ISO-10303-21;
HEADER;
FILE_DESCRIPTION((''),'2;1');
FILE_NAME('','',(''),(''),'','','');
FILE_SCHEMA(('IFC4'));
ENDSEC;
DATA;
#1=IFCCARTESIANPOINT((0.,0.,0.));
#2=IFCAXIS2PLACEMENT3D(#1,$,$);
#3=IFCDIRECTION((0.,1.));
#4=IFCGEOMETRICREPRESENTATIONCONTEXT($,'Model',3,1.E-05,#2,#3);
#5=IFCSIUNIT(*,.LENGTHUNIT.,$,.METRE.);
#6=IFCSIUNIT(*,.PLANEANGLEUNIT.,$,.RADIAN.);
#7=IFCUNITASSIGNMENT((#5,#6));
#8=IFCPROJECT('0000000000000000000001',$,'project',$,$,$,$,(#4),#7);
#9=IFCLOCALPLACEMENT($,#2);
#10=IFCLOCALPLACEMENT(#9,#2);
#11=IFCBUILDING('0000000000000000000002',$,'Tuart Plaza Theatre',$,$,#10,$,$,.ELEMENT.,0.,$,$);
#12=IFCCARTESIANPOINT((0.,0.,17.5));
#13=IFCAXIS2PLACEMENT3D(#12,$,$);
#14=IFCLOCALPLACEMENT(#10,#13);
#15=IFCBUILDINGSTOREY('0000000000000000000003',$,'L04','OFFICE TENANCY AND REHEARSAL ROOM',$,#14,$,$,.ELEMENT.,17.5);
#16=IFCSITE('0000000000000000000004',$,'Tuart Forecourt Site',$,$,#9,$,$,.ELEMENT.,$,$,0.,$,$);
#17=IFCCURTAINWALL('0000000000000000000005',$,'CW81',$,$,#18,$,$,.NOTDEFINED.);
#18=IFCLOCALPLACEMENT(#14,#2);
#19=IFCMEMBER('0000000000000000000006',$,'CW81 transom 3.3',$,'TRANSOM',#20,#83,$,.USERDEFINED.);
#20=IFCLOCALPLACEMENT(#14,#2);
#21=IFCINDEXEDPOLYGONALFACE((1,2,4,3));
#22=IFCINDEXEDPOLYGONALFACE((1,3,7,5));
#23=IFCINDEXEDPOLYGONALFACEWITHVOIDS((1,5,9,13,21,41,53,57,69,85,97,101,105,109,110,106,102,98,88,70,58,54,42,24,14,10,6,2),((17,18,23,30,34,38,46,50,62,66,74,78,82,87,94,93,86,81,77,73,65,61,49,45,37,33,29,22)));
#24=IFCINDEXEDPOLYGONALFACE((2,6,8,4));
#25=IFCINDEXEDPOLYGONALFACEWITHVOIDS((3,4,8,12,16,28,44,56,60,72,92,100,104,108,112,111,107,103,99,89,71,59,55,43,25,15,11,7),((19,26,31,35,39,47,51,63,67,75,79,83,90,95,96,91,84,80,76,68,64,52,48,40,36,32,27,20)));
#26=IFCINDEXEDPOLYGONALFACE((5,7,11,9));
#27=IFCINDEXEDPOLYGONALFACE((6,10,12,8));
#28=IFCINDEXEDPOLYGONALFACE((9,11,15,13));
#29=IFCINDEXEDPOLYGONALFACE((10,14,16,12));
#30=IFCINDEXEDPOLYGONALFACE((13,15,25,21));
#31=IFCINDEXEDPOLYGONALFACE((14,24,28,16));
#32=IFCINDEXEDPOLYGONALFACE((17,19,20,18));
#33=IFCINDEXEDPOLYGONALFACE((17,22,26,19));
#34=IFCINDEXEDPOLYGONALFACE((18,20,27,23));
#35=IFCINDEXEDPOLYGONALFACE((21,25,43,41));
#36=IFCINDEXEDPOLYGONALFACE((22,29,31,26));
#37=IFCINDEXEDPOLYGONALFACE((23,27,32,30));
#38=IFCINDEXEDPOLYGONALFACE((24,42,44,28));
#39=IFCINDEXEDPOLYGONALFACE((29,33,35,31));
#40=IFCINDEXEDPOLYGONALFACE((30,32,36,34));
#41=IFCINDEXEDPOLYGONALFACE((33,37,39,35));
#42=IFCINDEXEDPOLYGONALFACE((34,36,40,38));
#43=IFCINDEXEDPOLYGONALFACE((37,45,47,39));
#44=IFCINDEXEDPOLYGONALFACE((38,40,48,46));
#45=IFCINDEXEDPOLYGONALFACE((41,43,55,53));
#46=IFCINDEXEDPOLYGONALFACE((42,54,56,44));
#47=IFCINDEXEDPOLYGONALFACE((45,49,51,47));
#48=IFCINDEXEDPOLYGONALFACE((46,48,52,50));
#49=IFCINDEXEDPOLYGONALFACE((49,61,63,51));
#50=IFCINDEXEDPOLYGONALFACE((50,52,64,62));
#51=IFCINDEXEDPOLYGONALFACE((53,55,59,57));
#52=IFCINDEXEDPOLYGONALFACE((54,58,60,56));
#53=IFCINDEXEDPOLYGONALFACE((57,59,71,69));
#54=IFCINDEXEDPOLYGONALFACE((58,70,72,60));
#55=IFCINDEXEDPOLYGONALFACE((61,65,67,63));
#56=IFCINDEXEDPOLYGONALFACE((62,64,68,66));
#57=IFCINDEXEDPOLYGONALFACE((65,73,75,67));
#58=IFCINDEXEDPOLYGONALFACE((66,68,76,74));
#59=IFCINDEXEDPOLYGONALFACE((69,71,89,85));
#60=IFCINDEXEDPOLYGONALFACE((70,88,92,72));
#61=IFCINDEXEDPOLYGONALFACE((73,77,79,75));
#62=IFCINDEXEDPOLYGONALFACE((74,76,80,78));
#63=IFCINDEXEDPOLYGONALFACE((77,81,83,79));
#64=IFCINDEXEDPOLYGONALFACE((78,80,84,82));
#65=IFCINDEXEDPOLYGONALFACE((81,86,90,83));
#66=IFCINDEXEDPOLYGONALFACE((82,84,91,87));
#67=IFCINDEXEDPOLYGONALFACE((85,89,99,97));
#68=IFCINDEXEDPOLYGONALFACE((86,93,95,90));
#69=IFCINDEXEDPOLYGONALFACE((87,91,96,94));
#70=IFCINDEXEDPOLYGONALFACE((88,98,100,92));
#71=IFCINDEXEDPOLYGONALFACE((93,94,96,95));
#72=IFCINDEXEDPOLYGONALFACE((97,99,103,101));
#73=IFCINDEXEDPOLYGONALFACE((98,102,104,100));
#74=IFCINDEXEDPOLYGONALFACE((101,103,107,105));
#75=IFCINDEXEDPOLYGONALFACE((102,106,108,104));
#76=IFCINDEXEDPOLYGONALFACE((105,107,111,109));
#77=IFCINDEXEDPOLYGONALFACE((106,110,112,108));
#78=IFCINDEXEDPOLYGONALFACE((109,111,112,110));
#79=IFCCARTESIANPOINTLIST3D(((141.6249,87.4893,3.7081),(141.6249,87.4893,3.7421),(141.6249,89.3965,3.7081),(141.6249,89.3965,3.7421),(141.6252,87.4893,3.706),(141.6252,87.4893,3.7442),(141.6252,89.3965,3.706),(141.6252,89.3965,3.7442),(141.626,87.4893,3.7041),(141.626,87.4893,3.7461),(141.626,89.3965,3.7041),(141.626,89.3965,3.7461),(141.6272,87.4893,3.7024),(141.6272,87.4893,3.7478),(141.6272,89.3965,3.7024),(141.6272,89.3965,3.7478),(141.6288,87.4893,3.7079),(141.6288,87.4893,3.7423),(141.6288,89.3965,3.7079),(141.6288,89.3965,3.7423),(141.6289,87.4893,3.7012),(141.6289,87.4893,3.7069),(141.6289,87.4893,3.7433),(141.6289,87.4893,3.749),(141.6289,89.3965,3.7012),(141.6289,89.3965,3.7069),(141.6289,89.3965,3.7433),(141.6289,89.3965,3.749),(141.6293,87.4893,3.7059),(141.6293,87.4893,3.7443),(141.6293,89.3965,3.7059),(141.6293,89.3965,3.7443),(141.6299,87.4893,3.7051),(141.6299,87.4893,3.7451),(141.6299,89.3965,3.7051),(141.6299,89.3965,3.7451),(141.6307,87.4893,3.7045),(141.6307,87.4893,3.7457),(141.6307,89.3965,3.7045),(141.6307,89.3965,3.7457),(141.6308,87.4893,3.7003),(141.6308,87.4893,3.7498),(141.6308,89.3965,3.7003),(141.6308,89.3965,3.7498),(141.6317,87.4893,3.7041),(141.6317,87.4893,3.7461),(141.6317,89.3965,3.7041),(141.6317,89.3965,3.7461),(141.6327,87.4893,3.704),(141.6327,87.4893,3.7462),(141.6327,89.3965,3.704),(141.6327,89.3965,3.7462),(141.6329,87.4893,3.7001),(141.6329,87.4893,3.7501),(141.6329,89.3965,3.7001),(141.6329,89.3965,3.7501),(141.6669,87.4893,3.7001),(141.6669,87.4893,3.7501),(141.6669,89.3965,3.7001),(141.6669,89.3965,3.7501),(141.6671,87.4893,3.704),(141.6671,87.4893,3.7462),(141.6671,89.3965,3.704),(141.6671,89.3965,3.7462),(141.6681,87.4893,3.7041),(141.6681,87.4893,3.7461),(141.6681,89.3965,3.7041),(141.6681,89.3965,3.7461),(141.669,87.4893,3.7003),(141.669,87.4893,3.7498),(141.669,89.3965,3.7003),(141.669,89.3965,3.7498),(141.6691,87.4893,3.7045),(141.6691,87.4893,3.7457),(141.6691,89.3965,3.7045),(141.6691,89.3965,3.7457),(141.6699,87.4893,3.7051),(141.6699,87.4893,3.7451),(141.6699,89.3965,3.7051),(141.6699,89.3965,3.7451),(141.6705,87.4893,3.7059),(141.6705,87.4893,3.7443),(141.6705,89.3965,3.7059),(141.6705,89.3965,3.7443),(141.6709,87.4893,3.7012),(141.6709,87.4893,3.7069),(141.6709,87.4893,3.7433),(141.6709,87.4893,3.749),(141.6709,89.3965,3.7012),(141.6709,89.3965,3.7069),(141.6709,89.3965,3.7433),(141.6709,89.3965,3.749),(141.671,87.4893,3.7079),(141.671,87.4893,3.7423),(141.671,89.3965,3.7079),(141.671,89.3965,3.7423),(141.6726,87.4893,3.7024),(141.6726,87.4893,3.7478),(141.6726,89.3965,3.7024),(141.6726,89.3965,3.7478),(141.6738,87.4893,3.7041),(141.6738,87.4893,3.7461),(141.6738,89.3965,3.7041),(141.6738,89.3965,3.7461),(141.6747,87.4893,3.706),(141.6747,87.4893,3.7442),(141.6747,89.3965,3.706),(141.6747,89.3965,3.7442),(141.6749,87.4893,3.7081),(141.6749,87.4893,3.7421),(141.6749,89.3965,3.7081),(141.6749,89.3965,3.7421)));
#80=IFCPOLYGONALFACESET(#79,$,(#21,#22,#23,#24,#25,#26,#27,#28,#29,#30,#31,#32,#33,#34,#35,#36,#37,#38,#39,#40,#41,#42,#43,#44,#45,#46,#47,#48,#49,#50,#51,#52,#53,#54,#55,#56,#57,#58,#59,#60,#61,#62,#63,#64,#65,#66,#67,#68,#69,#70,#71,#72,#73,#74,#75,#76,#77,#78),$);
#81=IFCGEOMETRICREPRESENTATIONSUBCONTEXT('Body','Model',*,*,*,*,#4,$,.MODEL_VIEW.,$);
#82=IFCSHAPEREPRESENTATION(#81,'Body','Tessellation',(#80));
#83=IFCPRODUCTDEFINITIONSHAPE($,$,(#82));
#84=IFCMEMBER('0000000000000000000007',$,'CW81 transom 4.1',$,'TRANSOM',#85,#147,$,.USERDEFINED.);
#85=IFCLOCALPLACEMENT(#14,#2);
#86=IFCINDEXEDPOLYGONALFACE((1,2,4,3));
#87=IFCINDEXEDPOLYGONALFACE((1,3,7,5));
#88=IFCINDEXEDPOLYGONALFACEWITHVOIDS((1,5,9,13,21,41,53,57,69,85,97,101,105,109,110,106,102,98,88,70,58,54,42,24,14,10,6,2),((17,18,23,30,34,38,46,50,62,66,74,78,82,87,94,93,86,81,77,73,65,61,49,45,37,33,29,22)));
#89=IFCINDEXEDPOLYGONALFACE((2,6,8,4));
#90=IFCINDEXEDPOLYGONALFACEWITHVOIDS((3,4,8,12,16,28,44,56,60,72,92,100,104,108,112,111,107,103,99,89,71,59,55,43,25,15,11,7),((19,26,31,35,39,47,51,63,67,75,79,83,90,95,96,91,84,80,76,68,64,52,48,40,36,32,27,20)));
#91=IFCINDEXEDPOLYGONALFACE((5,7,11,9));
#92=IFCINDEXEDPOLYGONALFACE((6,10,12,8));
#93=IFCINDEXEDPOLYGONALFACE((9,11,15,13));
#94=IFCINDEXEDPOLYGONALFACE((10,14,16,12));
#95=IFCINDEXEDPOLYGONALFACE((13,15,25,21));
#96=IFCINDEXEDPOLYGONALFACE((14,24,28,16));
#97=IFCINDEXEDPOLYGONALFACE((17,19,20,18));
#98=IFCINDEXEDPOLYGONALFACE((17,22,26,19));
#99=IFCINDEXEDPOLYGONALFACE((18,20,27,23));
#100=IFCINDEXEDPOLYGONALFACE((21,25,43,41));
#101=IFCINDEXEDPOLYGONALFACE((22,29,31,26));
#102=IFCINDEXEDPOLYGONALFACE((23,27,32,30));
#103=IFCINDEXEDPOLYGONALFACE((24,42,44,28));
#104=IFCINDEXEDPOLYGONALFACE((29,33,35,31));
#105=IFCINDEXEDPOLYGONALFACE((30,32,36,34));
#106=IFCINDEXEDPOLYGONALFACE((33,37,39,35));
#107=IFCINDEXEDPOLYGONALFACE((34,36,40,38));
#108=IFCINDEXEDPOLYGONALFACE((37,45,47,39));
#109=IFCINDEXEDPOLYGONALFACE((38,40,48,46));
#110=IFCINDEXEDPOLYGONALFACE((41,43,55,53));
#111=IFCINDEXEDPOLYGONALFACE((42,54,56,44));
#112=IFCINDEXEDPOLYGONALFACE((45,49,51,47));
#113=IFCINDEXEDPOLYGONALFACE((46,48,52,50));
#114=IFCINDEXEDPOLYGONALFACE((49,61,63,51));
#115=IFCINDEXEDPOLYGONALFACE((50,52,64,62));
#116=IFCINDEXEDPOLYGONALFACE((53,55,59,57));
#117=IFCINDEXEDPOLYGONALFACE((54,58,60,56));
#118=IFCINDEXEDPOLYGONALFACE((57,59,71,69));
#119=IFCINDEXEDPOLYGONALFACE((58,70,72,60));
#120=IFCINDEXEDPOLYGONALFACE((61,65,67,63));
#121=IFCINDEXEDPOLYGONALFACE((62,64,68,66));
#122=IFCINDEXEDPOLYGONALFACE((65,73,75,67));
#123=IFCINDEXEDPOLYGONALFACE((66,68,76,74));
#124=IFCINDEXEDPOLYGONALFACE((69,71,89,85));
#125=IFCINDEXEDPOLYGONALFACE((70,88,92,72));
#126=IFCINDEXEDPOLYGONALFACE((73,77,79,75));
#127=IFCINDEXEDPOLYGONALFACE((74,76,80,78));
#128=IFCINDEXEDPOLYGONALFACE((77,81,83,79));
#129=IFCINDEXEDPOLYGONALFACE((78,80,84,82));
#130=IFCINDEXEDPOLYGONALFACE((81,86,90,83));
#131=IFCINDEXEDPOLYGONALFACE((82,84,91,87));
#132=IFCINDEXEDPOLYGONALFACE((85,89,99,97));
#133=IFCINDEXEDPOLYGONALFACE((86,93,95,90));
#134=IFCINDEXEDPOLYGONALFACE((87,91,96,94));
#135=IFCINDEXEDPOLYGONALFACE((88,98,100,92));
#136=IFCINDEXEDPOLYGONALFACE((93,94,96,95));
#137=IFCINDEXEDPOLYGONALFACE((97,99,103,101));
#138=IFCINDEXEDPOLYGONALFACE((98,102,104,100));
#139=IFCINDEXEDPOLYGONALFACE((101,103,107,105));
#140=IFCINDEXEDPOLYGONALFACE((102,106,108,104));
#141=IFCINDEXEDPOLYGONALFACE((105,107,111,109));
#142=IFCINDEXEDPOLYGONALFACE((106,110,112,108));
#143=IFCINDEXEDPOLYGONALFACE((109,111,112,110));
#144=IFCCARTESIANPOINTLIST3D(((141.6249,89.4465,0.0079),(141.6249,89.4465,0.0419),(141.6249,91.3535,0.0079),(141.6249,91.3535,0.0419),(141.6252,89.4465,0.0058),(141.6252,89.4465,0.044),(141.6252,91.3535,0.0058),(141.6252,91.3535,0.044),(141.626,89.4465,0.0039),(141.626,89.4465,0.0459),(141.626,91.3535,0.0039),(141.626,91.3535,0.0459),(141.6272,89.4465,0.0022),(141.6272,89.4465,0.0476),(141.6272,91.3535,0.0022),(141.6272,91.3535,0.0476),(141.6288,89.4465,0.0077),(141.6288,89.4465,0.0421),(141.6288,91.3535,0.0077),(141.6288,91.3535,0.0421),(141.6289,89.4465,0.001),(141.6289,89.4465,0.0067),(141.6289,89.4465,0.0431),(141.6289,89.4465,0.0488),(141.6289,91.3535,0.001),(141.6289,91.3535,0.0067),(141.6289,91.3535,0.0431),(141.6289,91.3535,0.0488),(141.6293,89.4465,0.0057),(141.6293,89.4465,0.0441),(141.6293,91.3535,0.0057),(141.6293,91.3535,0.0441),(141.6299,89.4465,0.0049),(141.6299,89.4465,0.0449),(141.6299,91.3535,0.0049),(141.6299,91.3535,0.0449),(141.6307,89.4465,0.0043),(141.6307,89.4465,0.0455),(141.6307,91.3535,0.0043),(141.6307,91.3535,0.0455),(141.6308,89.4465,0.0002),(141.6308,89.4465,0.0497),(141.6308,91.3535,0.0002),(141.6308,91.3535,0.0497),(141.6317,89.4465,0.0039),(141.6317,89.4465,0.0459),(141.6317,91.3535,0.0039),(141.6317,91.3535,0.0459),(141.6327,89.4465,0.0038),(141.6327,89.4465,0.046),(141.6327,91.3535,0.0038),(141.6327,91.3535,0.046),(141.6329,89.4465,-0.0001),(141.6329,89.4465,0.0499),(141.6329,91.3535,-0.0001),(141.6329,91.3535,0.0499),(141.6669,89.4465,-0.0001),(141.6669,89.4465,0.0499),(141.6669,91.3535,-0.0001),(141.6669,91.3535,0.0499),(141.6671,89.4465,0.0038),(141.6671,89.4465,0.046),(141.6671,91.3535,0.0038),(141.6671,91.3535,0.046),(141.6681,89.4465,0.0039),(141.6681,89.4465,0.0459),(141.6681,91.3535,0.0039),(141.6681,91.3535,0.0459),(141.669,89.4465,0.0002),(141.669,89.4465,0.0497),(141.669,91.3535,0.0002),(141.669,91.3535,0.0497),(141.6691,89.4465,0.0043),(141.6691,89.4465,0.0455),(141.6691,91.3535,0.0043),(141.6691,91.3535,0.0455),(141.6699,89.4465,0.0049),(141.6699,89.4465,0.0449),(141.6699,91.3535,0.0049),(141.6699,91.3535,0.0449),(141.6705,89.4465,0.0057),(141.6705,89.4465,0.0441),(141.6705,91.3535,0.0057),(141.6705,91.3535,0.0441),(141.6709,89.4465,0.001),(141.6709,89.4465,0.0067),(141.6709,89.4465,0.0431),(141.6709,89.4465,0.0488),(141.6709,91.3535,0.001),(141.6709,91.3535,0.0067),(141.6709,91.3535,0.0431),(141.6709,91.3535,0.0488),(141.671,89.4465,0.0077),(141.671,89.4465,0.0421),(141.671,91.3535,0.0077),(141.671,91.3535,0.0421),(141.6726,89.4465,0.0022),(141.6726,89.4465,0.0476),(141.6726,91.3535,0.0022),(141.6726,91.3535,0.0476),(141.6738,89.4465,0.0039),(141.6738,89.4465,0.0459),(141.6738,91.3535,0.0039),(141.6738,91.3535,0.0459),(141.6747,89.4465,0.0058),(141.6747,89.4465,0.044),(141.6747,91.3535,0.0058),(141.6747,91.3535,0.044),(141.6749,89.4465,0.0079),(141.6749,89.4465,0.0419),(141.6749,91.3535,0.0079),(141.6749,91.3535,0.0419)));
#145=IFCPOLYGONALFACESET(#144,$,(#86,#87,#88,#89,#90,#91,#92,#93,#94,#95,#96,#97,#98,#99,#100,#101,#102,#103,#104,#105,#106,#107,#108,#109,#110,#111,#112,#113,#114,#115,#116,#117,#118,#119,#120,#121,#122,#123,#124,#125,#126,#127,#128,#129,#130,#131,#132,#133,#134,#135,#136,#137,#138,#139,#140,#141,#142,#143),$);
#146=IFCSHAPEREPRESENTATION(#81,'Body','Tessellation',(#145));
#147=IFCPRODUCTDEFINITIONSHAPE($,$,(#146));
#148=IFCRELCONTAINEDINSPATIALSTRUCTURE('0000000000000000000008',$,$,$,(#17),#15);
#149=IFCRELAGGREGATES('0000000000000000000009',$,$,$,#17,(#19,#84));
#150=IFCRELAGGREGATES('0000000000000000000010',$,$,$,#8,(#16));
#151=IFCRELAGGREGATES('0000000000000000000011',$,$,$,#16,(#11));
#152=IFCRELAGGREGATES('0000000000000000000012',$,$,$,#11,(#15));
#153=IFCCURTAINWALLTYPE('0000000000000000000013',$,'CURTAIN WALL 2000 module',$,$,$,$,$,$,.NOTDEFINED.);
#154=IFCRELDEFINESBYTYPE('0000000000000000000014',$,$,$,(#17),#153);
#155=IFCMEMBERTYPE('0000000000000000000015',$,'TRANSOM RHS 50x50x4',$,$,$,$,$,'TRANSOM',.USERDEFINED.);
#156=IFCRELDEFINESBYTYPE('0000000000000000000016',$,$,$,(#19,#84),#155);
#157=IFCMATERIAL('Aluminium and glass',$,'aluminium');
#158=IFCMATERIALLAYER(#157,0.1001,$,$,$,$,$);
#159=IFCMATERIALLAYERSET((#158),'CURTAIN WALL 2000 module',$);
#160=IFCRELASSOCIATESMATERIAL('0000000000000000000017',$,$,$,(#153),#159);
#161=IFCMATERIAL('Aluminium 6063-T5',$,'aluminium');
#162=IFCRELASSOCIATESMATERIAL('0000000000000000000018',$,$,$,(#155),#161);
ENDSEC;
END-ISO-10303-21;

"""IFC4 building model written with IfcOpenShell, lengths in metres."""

from ifc_helpers import new_model, si_unit, direction, frame, origin, origin_2d, place, context, subcontext, project, spatial, hollow_rectangle, extrude, material, layer, layer_set, material_profile, profile_set, type_object, element, aggregate, save


model = new_model("IFC4")

# Units and contexts
model_context = context("Model", 3, precision=1e-05, world=origin(), true_north=direction((0.0, 1.0)))
body_context = subcontext(model_context, "Body", "Model", "MODEL_VIEW")
ifc_project = project(units=[si_unit("LENGTHUNIT", "METRE"), si_unit("PLANEANGLEUNIT", "RADIAN")], contexts=[model_context])

# Site, building, storey
site_placement = place(None, origin())
site = spatial("IfcSite", under=ifc_project, at=site_placement, Name="Tuart Forecourt Site", CompositionType="ELEMENT", RefElevation=0.0)
building_placement = place(site_placement, origin())
building = spatial("IfcBuilding", under=site, at=building_placement, Name="Tuart Plaza Theatre", CompositionType="ELEMENT", ElevationOfRefHeight=0.0)
storey_placement = place(building_placement, frame((0.0, 0.0, 17.5)))
storey = spatial("IfcBuildingStorey", under=building, at=storey_placement, Name="L04", Description="OFFICE TENANCY AND REHEARSAL ROOM", CompositionType="ELEMENT", Elevation=17.5)

# Curtain wall, members
ifc_material_1 = material(Name="Aluminium and glass", Category="aluminium")
ifc_layer_1 = layer(ifc_material_1, 0.1001)
ifc_layer_set_1 = layer_set([ifc_layer_1], Name="CURTAIN WALL 2000 module")
curtain_wall_type = type_object("IfcCurtainWallType", Name="CURTAIN WALL 2000 module", PredefinedType="NOTDEFINED", material=ifc_layer_set_1)
curtain_wall_placement = place(storey_placement, origin())
curtain_wall = element("IfcCurtainWall", 1, at=curtain_wall_placement, inside=storey, type_object=curtain_wall_type, Name="CW81", PredefinedType="NOTDEFINED")
ifc_material_2 = material(Name="Aluminium 6063-T5", Category="aluminium")
ifc_material_profile_1 = material_profile(ifc_material_2, hollow_rectangle(XDim=0.05, YDim=0.05, WallThickness=0.0039, InnerFilletRadius=0.0039, OuterFilletRadius=0.0081, at=origin_2d()), Name="RHS 50x50x4")
ifc_profile_set_1 = profile_set([ifc_material_profile_1], Name="Aluminium 6063-T5")
member_type_1 = type_object("IfcMemberType", Name="TRANSOM RHS 50x50x4", ElementType="TRANSOM", PredefinedType="USERDEFINED", material=ifc_profile_set_1)
member_1_placement = place(storey_placement, frame((141.6499, 87.4893, 3.7251), z_axis=(0.0, 1.0, 0.0), x_axis=(-1.0, 0.0, 0.0)))
member_1 = element("IfcMember", 2, at=member_1_placement, type_object=member_type_1, Name="CW81 transom 3.3", ObjectType="TRANSOM", PredefinedType="USERDEFINED", context=body_context, shape_type="SweptSolid", body=[
    extrude(hollow_rectangle(XDim=0.05, YDim=0.05, WallThickness=0.0039, InnerFilletRadius=0.0039, OuterFilletRadius=0.0081, at=origin_2d()), origin(), (0.0, 0.0, 1.0), 1.9072),
])
member_2_placement = place(storey_placement, frame((141.6499, 89.4465, 0.0249), z_axis=(0.0, 1.0, 0.0), x_axis=(-1.0, 0.0, 0.0)))
member_2 = element("IfcMember", 3, at=member_2_placement, type_object=member_type_1, Name="CW81 transom 4.1", ObjectType="TRANSOM", PredefinedType="USERDEFINED", context=body_context, shape_type="SweptSolid", body=[
    extrude(hollow_rectangle(XDim=0.05, YDim=0.05, WallThickness=0.0039, InnerFilletRadius=0.0039, OuterFilletRadius=0.0081, at=origin_2d()), origin(), (0.0, 0.0, 1.0), 1.907),
])
aggregate(curtain_wall, [member_1, member_2])

save(model, "model.ifc")
